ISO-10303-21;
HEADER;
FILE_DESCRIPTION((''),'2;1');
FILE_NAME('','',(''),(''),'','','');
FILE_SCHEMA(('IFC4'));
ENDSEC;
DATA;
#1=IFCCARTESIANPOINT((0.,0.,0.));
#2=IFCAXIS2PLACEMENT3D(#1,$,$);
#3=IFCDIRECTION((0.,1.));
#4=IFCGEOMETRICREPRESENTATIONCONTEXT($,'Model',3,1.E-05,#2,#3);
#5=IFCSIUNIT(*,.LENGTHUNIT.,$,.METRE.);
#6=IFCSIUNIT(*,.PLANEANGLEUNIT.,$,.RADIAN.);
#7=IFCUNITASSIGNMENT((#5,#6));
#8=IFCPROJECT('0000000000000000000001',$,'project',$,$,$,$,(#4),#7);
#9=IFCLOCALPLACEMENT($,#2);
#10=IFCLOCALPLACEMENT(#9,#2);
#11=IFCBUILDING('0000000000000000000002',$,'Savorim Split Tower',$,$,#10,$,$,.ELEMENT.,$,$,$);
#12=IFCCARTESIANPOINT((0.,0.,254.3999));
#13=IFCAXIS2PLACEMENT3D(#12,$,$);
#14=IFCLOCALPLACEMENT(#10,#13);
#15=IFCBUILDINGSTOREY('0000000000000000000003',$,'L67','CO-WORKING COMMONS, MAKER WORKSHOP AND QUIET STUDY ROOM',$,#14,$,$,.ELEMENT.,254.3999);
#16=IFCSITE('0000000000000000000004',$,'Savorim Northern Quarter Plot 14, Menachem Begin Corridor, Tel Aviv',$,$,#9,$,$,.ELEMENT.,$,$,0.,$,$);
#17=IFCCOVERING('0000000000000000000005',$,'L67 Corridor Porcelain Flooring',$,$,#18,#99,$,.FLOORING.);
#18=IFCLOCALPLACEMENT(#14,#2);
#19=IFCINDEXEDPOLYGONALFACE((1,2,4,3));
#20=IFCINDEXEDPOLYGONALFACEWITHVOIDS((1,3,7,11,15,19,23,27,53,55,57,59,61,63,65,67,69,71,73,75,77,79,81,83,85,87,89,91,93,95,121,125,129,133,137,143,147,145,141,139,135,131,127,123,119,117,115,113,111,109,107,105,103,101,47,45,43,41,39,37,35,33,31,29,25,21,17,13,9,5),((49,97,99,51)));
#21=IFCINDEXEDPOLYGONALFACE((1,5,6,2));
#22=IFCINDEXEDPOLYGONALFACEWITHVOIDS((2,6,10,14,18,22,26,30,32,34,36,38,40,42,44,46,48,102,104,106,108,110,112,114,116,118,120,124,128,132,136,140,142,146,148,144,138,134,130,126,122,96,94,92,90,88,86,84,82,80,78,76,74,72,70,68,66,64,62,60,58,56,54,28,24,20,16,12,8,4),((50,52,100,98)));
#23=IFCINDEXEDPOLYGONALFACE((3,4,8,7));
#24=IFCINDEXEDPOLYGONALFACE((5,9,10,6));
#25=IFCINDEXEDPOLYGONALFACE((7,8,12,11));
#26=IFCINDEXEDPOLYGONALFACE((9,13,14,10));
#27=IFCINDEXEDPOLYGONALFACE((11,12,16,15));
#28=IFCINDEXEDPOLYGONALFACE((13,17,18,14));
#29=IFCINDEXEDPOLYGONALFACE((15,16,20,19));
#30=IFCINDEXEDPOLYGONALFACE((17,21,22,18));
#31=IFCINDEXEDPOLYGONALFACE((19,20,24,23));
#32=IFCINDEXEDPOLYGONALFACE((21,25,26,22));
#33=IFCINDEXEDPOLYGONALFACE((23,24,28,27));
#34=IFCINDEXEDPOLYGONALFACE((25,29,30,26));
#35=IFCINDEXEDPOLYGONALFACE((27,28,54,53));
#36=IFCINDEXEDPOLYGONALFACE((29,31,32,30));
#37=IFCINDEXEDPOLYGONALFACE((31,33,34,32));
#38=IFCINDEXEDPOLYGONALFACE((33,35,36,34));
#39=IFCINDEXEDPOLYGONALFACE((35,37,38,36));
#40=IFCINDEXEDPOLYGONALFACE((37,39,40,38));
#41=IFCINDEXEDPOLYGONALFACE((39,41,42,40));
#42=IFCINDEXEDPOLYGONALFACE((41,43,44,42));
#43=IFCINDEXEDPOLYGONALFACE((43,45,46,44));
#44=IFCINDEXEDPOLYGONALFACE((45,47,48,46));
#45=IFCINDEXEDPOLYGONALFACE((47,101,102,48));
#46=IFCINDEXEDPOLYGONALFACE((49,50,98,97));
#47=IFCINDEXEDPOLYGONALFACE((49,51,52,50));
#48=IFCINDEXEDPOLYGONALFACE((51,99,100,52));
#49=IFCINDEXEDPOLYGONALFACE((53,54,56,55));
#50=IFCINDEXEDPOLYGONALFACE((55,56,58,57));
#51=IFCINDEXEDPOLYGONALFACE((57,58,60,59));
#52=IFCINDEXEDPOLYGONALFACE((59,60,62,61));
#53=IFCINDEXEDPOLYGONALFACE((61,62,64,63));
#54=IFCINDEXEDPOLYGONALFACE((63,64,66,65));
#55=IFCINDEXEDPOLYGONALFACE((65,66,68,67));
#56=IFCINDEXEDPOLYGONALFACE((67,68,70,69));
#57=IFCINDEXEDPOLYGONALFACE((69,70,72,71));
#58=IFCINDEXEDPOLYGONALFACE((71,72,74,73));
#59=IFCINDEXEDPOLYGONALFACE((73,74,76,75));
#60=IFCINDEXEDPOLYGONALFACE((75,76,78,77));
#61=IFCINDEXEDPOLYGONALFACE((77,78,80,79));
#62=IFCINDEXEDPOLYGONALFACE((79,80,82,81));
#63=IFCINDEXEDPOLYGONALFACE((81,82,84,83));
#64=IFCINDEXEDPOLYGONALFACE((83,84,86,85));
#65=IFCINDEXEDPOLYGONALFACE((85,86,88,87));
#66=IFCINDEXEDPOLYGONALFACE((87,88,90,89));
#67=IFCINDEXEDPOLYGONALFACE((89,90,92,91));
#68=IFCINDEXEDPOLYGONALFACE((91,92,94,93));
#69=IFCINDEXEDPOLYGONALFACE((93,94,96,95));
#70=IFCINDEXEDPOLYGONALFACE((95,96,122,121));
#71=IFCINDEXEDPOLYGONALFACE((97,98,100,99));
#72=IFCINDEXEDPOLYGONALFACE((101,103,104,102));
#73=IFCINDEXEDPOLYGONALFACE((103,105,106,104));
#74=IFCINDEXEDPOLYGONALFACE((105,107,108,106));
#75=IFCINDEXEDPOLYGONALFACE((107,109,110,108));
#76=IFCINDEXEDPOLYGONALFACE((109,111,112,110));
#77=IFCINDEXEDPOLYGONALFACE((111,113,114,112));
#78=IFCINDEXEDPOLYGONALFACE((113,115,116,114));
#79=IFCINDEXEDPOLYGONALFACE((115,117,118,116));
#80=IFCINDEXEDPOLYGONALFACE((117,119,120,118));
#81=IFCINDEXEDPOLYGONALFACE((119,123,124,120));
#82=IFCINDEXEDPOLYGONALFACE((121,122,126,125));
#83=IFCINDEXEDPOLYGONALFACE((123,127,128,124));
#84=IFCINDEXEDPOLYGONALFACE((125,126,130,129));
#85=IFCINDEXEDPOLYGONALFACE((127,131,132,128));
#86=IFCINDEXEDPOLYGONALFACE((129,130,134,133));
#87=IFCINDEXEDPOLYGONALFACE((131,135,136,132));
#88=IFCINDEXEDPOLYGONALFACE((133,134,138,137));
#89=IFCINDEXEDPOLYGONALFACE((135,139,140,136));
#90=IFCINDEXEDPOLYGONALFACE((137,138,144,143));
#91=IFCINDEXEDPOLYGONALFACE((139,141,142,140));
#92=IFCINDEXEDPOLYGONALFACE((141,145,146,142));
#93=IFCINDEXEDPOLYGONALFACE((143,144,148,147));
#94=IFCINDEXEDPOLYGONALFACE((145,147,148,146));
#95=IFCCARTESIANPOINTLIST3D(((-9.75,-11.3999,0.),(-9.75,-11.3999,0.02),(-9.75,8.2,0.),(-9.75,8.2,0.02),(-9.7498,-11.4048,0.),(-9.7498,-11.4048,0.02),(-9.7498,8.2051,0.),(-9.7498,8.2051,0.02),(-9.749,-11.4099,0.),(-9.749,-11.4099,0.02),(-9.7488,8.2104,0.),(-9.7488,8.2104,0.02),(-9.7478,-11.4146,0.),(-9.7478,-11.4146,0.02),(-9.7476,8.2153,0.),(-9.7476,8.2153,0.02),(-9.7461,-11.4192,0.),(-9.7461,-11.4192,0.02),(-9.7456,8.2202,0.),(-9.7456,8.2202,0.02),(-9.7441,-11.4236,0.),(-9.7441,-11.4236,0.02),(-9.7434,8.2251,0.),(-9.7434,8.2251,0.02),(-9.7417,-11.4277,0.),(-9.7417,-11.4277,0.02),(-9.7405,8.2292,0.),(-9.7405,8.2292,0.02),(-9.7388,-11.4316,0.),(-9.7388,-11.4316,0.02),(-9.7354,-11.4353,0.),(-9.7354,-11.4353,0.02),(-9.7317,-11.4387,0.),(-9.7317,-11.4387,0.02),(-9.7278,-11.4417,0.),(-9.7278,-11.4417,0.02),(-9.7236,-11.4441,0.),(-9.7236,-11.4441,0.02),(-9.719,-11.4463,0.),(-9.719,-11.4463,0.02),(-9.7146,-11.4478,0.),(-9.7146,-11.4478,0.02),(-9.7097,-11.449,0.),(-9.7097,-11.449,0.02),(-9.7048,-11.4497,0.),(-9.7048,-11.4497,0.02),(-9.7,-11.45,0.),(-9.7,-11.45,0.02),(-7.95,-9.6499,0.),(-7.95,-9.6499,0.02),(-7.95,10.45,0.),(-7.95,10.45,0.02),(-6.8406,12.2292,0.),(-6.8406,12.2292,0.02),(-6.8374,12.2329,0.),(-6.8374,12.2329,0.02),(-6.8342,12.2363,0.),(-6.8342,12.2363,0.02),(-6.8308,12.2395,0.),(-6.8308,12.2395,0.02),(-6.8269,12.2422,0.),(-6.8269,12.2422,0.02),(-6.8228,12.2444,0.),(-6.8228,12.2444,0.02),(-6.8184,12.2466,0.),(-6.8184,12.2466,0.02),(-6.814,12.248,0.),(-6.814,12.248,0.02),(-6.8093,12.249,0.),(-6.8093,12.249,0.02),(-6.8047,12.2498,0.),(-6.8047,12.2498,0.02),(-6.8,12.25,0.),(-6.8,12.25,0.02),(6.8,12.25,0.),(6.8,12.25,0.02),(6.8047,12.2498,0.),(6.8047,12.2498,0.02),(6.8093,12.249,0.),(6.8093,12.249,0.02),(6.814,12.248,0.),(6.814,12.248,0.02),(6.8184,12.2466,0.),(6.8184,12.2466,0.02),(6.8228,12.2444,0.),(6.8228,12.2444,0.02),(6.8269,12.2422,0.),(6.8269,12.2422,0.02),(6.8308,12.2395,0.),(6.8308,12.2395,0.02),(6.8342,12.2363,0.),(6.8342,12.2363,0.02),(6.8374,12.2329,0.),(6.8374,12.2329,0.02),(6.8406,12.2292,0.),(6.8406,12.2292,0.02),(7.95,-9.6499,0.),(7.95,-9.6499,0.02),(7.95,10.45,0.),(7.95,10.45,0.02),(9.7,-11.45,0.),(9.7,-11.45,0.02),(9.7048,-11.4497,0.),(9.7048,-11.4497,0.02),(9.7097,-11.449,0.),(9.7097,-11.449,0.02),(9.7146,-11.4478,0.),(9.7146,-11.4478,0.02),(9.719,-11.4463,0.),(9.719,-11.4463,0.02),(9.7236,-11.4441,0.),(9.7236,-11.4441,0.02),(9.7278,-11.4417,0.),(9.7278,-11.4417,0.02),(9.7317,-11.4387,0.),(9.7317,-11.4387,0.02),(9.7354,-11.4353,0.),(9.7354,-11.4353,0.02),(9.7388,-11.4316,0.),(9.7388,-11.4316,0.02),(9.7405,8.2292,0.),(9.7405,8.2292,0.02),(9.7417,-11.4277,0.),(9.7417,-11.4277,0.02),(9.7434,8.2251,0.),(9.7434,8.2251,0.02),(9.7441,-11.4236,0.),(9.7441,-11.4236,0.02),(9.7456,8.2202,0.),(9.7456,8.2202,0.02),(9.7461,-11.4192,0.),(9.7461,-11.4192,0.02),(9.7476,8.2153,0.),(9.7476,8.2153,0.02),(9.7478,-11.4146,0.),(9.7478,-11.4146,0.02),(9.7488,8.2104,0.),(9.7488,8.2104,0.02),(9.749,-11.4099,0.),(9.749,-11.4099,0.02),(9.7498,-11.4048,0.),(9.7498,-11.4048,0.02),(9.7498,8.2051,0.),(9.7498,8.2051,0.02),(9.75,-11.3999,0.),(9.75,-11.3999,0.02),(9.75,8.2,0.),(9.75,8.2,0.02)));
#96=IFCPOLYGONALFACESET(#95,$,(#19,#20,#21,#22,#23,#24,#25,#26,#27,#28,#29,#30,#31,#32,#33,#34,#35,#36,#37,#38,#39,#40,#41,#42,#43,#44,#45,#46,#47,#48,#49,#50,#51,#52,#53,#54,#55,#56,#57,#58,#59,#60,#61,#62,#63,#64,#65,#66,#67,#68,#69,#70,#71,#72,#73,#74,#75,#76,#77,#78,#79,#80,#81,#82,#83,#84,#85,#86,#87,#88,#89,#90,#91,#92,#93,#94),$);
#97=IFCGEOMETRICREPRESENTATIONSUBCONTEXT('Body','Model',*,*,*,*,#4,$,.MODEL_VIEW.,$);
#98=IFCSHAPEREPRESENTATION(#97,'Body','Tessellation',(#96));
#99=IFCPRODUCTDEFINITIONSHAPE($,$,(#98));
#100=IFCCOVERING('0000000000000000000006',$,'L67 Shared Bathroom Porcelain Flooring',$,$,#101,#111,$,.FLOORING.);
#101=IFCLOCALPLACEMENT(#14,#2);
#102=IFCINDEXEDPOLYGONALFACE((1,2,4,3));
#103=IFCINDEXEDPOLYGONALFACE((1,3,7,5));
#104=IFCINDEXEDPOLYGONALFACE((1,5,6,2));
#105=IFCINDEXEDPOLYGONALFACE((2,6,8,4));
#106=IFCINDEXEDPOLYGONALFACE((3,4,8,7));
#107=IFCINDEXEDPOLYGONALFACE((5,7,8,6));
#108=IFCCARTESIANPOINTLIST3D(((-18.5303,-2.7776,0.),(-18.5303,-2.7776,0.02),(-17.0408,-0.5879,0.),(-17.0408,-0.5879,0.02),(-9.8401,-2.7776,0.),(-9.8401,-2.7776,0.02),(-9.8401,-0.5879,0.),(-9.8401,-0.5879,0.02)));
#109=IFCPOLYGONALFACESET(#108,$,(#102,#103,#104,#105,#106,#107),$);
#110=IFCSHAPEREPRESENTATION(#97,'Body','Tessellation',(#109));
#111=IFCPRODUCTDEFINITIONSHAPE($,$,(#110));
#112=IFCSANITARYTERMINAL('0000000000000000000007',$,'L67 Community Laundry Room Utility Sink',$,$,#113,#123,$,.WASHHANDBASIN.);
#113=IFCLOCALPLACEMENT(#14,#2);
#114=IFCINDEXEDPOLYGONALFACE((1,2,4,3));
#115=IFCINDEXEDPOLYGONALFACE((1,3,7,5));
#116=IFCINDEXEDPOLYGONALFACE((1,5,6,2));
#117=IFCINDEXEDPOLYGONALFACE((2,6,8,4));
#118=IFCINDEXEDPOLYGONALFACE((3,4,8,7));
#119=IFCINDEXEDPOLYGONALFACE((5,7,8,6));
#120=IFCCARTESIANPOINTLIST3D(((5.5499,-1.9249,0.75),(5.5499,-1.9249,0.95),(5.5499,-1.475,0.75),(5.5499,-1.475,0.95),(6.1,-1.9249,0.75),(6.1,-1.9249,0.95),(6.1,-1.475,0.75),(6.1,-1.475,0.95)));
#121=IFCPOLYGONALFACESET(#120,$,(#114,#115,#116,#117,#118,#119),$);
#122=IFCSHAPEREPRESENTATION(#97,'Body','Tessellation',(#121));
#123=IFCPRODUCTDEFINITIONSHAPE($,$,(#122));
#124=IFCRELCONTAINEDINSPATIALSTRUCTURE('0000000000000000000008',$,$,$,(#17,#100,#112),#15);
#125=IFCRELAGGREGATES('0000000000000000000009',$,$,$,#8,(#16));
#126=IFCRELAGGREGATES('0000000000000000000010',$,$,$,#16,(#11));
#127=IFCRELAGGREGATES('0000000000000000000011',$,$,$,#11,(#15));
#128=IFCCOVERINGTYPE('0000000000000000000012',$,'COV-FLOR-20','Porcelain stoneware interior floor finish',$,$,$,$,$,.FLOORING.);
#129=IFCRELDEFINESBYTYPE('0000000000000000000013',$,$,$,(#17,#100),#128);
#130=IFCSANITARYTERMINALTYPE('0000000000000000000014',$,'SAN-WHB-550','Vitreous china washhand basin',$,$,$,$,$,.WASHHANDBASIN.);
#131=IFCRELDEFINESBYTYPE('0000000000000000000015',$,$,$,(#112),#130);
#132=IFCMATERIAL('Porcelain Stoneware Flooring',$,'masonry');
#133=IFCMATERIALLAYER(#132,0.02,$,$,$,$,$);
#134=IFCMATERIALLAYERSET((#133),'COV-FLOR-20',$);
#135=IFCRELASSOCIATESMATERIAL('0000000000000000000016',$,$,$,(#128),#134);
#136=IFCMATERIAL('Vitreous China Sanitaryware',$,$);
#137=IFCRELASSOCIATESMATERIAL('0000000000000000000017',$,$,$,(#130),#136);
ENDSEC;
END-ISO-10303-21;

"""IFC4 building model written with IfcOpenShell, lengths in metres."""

from ifc_helpers import new_model, si_unit, direction, frame, origin, origin_2d, place, context, subcontext, project, spatial, polyline, rectangle, outline, extrude, material, layer, layer_set, type_object, element, save


model = new_model("IFC4")

# Units and contexts
model_context = context("Model", 3, precision=1e-05, world=origin(), true_north=direction((0.0, 1.0)))
body_context = subcontext(model_context, "Body", "Model", "MODEL_VIEW")
ifc_project = project(units=[si_unit("LENGTHUNIT", "METRE"), si_unit("PLANEANGLEUNIT", "RADIAN")], contexts=[model_context])

# Site, building, storey
site_placement = place(None, origin())
site = spatial("IfcSite", under=ifc_project, at=site_placement, Name="Savorim Northern Quarter Plot 14, Menachem Begin Corridor, Tel Aviv", CompositionType="ELEMENT", RefElevation=0.0)
building_placement = place(site_placement, origin())
building = spatial("IfcBuilding", under=site, at=building_placement, Name="Savorim Split Tower", CompositionType="ELEMENT")
storey_placement = place(building_placement, frame((0.0, 0.0, 254.3999)))
storey = spatial("IfcBuildingStorey", under=building, at=storey_placement, Name="L67", Description="CO-WORKING COMMONS, MAKER WORKSHOP AND QUIET STUDY ROOM", CompositionType="ELEMENT", Elevation=254.3999)

# Coverings
ifc_material_1 = material(Name="Porcelain Stoneware Flooring", Category="masonry")
ifc_layer_1 = layer(ifc_material_1, 0.02)
ifc_layer_set_1 = layer_set([ifc_layer_1], Name="COV-FLOR-20")
covering_type_1 = type_object("IfcCoveringType", Name="COV-FLOR-20", Description="Porcelain stoneware interior floor finish", PredefinedType="FLOORING", material=ifc_layer_set_1)
covering_1_placement = place(storey_placement, origin())
element("IfcCovering", 1, at=covering_1_placement, inside=storey, type_object=covering_type_1, Name="L67 Corridor Porcelain Flooring", PredefinedType="FLOORING", context=body_context, shape_type="SweptSolid", body=[
    extrude(outline(polyline([(6.8093, 12.249), (6.8047, 12.2498), (6.8, 12.25), (-6.8, 12.25), (-6.8047, 12.2498), (-6.8093, 12.249), (-6.814, 12.248), (-6.8184, 12.2466), (-6.8228, 12.2444), (-6.8269, 12.2422), (-6.8308, 12.2395), (-6.8342, 12.2363), (-6.8374, 12.2329), (-6.8406, 12.2292), (-9.7405, 8.2292), (-9.7434, 8.2251), (-9.7456, 8.2202), (-9.7476, 8.2153), (-9.7488, 8.2104), (-9.7498, 8.2051), (-9.75, 8.2), (-9.75, -11.3999), (-9.7498, -11.4048), (-9.749, -11.4099), (-9.7478, -11.4146), (-9.7461, -11.4192), (-9.7441, -11.4236), (-9.7417, -11.4277), (-9.7388, -11.4316), (-9.7354, -11.4353), (-9.7317, -11.4387), (-9.7278, -11.4417), (-9.7236, -11.4441), (-9.719, -11.4463), (-9.7146, -11.4478), (-9.7097, -11.449), (-9.7048, -11.4497), (-9.7, -11.45), (9.7, -11.45), (9.7048, -11.4497), (9.7097, -11.449), (9.7146, -11.4478), (9.719, -11.4463), (9.7236, -11.4441), (9.7278, -11.4417), (9.7317, -11.4387), (9.7354, -11.4353), (9.7388, -11.4316), (9.7417, -11.4277), (9.7441, -11.4236), (9.7461, -11.4192), (9.7478, -11.4146), (9.749, -11.4099), (9.7498, -11.4048), (9.75, -11.3999), (9.75, 8.2), (9.7498, 8.2051), (9.7488, 8.2104), (9.7476, 8.2153), (9.7456, 8.2202), (9.7434, 8.2251), (9.7405, 8.2292), (6.8406, 12.2292), (6.8374, 12.2329), (6.8342, 12.2363), (6.8308, 12.2395), (6.8269, 12.2422), (6.8228, 12.2444), (6.8184, 12.2466), (6.814, 12.248), (6.8093, 12.249)]), holes=[polyline([(-7.95, 10.45), (-7.95, -9.6499), (7.95, -9.6499), (7.95, 10.45), (-7.95, 10.45)])]), origin(), (0.0, 0.0, 1.0), 0.02),
])
covering_2_placement = place(storey_placement, origin())
element("IfcCovering", 2, at=covering_2_placement, inside=storey, type_object=covering_type_1, Name="L67 Shared Bathroom Porcelain Flooring", PredefinedType="FLOORING", context=body_context, shape_type="SweptSolid", body=[
    extrude(outline(polyline([(-17.0408, -0.5879), (-18.5303, -2.7776), (-9.8401, -2.7776), (-9.8401, -0.5879), (-17.0408, -0.5879)])), origin(), (0.0, 0.0, 1.0), 0.02),
])

# Sanitary terminal
ifc_material_2 = material(Name="Vitreous China Sanitaryware")
sanitary_terminal_type = type_object("IfcSanitaryTerminalType", Name="SAN-WHB-550", Description="Vitreous china washhand basin", PredefinedType="WASHHANDBASIN", material=ifc_material_2)
sanitary_terminal_placement = place(storey_placement, frame((5.825, -1.7, 0.75), z_axis=(0.0, 0.0, 1.0), x_axis=(1.0, 0.0, 0.0)))
element("IfcSanitaryTerminal", 3, at=sanitary_terminal_placement, inside=storey, type_object=sanitary_terminal_type, Name="L67 Community Laundry Room Utility Sink", PredefinedType="WASHHANDBASIN", context=body_context, shape_type="SweptSolid", body=[
    extrude(rectangle(XDim=0.55, YDim=0.45, at=origin_2d()), origin(), (0.0, 0.0, 1.0), 0.2),
])

save(model, "model.ifc")
